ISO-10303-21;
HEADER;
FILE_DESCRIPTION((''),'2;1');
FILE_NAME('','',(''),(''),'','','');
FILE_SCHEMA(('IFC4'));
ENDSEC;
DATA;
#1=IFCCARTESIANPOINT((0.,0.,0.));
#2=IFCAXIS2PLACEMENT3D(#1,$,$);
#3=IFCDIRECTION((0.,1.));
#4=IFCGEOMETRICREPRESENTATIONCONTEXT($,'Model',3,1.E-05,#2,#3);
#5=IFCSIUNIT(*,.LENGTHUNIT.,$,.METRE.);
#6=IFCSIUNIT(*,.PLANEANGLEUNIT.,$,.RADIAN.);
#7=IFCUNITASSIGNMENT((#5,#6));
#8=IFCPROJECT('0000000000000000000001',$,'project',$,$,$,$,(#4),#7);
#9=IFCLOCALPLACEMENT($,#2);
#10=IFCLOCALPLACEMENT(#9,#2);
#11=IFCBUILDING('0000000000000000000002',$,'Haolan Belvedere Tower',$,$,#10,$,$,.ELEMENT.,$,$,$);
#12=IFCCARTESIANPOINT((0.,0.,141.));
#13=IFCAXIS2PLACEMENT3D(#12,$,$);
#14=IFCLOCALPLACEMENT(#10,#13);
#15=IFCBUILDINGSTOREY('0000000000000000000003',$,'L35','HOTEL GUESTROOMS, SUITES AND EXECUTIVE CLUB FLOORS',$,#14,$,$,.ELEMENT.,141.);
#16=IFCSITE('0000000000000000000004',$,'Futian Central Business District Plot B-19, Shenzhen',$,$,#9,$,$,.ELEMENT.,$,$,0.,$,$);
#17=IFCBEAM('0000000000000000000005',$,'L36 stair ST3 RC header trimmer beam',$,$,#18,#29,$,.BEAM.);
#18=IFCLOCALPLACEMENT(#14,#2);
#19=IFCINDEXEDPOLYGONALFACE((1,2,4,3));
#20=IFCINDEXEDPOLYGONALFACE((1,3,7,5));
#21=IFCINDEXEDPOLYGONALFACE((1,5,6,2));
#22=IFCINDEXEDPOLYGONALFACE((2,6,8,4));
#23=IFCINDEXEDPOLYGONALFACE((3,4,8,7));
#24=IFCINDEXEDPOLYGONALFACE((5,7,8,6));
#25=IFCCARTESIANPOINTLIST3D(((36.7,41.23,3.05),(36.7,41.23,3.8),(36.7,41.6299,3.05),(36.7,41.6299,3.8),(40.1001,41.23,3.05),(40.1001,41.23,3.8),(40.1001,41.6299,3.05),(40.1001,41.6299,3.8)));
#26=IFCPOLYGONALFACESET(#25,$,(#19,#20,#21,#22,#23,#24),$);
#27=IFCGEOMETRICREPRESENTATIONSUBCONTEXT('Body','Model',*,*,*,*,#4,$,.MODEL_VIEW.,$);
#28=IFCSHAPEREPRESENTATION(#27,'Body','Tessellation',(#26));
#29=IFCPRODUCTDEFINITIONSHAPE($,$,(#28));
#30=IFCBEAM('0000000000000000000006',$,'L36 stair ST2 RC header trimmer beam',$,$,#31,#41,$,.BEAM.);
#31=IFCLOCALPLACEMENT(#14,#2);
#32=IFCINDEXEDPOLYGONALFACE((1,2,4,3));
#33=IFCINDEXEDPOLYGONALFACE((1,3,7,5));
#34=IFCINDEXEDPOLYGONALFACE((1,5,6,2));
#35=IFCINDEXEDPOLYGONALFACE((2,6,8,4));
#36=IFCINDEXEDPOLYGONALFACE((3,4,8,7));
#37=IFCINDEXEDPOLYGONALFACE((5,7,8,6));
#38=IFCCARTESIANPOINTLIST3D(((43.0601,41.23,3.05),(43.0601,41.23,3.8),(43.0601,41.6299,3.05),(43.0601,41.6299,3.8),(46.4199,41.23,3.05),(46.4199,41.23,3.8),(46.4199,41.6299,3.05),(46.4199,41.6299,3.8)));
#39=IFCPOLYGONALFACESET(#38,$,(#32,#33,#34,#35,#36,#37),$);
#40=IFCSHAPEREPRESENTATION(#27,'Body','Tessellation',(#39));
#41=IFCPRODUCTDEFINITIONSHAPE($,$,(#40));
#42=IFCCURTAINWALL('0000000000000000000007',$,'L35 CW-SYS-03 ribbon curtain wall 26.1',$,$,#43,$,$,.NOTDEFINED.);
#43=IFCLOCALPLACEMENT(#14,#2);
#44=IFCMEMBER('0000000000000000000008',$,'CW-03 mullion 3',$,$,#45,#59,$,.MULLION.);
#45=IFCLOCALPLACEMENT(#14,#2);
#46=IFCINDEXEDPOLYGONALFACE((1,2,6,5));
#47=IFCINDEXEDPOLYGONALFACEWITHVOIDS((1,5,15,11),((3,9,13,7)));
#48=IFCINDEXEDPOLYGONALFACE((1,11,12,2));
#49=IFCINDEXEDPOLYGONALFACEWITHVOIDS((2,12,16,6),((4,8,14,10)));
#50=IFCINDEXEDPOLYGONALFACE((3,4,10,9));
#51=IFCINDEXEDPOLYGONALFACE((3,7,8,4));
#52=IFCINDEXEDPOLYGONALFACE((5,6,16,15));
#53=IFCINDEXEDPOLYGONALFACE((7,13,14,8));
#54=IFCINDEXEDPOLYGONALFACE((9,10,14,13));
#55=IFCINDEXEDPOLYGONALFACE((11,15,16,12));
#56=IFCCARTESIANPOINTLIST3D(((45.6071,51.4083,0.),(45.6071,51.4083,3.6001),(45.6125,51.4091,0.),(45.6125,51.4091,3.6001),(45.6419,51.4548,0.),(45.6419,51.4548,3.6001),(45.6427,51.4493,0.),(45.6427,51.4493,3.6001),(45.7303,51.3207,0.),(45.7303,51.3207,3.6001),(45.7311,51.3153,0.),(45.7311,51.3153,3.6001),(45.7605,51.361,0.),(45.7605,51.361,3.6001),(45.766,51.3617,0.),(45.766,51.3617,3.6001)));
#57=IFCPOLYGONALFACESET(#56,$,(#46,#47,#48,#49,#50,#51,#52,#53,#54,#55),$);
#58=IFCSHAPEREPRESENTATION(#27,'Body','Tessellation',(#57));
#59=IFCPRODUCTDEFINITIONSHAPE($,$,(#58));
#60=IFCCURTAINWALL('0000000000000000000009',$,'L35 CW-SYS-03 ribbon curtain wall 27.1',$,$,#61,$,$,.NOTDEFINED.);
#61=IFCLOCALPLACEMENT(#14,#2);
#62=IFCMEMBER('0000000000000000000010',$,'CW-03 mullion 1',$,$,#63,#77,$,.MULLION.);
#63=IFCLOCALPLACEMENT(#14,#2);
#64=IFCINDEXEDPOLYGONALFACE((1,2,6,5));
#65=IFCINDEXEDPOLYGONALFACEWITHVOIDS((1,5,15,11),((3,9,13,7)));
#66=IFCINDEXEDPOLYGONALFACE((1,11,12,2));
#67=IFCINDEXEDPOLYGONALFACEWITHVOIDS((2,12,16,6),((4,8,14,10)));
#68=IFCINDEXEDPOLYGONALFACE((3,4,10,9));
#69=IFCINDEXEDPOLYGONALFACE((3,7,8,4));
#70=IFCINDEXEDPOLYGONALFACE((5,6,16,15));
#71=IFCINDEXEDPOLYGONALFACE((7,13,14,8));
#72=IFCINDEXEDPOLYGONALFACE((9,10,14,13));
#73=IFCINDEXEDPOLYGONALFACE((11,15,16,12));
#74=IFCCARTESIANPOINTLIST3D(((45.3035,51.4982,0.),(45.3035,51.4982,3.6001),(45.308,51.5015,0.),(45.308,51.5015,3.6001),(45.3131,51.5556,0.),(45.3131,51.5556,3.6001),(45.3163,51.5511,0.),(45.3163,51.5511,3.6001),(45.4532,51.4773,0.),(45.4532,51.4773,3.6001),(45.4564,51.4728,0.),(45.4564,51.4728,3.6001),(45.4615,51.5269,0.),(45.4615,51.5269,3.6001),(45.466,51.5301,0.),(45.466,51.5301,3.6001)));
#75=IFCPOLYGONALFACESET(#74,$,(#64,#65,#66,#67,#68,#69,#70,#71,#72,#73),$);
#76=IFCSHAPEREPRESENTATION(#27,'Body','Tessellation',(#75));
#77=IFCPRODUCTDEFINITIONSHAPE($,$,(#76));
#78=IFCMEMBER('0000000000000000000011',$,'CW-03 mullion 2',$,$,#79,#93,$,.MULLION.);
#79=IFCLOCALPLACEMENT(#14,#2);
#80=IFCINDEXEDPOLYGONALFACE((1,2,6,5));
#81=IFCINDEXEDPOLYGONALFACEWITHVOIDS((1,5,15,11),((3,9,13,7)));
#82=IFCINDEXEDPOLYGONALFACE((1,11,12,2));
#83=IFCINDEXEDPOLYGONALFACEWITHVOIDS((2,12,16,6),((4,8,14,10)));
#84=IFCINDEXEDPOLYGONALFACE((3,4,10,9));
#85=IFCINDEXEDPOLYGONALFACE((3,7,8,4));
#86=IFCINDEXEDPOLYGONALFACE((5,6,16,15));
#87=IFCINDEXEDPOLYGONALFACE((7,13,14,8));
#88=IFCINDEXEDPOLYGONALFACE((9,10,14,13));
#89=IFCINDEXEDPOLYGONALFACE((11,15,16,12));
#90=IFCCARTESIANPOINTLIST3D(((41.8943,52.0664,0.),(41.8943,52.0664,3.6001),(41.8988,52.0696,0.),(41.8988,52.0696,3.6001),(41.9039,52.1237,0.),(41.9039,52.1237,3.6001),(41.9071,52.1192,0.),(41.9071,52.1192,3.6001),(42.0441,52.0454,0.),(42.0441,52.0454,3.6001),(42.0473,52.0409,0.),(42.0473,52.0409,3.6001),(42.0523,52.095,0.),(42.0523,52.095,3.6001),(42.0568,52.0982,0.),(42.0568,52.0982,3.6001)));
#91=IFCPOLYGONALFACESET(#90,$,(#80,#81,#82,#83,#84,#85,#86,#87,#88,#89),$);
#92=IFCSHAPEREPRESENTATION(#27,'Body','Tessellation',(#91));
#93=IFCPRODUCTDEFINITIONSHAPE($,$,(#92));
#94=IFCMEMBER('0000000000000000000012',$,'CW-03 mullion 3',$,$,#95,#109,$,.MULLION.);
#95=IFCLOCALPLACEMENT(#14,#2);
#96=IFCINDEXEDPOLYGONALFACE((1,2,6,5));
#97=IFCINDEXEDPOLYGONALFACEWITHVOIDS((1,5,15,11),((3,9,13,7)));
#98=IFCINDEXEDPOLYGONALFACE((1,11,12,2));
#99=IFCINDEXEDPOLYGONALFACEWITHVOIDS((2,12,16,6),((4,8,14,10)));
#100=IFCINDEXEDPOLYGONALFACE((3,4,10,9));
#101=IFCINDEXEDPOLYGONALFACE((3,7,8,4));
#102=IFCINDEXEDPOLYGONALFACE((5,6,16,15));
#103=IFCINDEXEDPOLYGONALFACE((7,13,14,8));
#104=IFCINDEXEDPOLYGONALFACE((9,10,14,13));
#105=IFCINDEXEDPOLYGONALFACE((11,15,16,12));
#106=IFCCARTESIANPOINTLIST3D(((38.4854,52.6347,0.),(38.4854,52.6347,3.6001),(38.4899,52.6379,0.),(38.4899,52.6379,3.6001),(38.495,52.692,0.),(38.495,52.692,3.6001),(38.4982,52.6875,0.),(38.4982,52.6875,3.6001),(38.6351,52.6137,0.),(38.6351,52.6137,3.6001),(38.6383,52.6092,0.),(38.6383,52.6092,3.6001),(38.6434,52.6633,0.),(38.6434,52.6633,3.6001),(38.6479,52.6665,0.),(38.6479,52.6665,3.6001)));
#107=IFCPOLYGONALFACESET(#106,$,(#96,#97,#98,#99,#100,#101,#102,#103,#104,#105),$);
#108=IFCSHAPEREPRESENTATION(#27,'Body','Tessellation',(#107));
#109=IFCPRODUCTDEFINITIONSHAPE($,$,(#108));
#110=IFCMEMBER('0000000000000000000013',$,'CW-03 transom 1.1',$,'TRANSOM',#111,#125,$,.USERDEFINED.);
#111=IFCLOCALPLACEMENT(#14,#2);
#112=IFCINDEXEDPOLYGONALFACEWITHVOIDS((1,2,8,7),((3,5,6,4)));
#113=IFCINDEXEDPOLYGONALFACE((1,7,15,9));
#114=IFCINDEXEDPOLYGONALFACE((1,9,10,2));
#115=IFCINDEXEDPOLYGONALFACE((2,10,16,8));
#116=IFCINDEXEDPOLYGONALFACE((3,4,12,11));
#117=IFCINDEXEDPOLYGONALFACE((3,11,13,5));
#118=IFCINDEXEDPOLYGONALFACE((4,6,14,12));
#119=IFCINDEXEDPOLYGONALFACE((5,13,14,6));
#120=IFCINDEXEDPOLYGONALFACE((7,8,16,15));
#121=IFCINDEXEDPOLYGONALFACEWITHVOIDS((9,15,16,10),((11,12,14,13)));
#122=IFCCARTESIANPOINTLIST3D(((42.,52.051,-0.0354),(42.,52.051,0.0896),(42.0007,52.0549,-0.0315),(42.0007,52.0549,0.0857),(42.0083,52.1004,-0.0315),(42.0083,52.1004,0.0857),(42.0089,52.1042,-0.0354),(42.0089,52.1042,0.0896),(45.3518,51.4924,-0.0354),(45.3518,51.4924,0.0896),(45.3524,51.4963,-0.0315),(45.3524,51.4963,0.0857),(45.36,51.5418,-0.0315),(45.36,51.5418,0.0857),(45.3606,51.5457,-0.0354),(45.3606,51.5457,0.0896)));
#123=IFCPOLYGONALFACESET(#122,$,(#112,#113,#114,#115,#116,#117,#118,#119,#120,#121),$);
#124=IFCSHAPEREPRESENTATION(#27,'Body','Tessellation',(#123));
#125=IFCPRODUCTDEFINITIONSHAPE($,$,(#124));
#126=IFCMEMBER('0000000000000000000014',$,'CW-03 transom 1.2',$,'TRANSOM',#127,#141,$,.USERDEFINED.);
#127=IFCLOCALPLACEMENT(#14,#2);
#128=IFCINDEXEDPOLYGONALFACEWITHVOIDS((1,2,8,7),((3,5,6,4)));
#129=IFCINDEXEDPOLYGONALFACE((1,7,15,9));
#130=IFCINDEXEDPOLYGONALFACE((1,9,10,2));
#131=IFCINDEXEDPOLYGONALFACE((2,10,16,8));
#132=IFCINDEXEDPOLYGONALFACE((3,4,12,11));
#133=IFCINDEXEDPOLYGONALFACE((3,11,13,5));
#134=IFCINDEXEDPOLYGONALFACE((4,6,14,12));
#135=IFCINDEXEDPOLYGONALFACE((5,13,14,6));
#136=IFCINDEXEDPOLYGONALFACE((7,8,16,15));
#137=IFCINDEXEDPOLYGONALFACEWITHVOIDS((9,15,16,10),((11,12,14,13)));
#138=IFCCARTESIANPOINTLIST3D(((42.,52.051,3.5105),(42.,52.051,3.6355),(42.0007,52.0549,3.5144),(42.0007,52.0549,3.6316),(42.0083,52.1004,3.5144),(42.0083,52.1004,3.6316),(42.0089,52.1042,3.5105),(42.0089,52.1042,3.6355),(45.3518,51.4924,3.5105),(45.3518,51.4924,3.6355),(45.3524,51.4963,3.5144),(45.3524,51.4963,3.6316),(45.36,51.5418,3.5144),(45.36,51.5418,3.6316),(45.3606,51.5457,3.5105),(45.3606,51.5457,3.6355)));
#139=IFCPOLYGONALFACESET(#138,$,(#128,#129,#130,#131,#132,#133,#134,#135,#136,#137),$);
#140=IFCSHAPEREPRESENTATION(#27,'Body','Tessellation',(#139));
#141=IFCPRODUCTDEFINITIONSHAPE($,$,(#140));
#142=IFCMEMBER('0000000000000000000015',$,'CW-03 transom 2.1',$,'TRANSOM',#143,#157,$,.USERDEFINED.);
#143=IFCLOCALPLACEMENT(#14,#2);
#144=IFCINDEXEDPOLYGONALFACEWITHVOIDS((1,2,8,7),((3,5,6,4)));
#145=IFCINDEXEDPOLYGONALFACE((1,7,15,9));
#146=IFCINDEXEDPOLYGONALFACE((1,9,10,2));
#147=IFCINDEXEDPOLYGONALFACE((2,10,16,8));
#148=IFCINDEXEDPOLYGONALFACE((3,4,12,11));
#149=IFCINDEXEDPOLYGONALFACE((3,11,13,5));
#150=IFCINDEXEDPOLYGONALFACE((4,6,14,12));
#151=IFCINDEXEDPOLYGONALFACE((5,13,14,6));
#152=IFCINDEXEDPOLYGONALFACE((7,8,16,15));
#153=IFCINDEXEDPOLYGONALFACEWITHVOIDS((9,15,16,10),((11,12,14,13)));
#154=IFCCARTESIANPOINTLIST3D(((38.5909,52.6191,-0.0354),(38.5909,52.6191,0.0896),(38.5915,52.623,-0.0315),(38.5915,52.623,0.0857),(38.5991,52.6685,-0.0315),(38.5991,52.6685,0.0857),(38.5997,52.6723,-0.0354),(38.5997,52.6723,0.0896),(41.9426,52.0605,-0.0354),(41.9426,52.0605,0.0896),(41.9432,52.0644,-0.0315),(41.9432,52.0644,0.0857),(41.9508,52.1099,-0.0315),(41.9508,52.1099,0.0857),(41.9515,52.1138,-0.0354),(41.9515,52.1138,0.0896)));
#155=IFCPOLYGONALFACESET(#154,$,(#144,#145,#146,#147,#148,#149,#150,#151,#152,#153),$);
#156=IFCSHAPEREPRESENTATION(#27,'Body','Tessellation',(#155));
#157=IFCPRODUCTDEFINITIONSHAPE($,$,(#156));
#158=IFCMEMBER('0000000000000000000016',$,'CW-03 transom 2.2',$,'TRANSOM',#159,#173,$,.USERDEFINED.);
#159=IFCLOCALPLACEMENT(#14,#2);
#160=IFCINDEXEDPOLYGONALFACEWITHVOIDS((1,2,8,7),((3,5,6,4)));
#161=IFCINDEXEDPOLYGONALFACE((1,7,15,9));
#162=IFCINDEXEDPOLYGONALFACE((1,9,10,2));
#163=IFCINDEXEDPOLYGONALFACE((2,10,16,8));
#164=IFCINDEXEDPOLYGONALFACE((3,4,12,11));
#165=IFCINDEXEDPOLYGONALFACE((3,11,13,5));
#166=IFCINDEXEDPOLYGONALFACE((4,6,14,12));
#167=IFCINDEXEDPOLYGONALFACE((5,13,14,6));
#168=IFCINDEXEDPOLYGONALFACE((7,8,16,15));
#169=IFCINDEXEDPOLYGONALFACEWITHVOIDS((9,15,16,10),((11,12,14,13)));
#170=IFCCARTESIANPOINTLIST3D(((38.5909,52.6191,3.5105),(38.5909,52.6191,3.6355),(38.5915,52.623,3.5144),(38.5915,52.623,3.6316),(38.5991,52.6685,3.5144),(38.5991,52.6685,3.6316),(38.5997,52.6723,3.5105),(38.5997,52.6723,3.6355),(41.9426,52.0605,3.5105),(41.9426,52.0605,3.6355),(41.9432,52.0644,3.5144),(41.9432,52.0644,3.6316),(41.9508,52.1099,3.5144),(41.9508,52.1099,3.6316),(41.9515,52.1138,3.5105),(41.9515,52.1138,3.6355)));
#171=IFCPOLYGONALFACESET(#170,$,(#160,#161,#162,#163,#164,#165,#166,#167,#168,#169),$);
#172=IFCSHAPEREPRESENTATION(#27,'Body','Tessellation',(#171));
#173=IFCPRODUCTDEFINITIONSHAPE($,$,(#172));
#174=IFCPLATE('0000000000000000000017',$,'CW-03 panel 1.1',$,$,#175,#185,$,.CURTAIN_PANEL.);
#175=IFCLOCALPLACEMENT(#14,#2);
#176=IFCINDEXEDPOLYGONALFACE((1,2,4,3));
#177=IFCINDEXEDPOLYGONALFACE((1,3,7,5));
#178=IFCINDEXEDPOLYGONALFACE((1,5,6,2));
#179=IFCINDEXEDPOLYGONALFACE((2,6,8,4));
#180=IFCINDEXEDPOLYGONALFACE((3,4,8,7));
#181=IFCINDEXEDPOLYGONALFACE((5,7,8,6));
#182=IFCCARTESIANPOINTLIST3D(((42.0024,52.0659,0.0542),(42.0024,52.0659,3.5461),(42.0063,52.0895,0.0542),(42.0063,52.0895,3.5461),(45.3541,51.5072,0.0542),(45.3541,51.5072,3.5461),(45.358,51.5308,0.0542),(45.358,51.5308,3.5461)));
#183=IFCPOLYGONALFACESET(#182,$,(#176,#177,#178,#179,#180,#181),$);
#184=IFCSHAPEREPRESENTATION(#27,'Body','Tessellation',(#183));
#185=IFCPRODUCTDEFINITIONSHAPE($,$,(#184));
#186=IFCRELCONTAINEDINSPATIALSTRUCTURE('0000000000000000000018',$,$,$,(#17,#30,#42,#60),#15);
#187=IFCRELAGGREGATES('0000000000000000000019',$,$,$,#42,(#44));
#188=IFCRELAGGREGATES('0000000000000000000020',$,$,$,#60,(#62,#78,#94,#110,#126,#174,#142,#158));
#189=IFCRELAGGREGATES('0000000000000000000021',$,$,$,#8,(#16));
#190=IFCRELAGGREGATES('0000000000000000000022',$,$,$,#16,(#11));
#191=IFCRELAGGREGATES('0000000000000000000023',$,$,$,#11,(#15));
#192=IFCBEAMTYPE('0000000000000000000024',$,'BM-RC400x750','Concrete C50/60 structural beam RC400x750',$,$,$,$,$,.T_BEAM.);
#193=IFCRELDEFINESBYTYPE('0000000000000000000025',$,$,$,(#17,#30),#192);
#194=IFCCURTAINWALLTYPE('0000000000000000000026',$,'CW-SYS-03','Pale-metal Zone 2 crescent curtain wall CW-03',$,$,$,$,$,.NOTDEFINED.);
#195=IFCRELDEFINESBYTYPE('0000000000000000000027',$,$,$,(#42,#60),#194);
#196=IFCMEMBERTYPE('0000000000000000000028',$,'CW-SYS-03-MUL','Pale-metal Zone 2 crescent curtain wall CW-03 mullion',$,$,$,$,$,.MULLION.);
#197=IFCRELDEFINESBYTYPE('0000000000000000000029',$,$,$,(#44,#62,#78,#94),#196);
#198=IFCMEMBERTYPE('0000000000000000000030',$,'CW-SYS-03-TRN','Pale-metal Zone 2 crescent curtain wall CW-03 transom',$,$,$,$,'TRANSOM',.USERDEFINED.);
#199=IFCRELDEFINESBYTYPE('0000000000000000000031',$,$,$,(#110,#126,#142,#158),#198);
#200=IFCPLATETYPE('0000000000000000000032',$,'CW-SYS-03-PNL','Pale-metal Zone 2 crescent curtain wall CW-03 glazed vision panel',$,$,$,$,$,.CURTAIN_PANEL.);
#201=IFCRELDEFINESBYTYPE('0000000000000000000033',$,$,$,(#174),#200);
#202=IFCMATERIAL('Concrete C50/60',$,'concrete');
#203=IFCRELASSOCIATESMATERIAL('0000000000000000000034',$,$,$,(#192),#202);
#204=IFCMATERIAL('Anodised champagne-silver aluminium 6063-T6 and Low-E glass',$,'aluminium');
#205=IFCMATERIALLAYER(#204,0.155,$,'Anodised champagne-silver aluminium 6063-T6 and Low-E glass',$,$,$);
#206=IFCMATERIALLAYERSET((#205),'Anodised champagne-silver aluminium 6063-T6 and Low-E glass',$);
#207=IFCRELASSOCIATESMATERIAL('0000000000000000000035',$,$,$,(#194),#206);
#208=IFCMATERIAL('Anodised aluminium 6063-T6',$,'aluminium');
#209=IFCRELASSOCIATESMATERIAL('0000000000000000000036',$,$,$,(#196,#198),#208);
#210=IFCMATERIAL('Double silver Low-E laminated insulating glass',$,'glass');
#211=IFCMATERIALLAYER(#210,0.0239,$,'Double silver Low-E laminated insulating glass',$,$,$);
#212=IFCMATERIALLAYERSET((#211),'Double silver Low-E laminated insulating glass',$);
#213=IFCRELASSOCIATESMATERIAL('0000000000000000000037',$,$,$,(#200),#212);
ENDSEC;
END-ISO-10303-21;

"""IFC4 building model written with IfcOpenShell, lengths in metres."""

from ifc_helpers import new_model, si_unit, direction, frame, origin, origin_2d, place, context, subcontext, project, spatial, rectangle, hollow_rectangle, extrude, material, layer, layer_set, material_profile, profile_set, type_object, element, aggregate, save


model = new_model("IFC4")

# Units and contexts
model_context = context("Model", 3, precision=1e-05, world=origin(), true_north=direction((0.0, 1.0)))
body_context = subcontext(model_context, "Body", "Model", "MODEL_VIEW")
ifc_project = project(units=[si_unit("LENGTHUNIT", "METRE"), si_unit("PLANEANGLEUNIT", "RADIAN")], contexts=[model_context])

# Site, building, storey
site_placement = place(None, origin())
site = spatial("IfcSite", under=ifc_project, at=site_placement, Name="Futian Central Business District Plot B-19, Shenzhen", CompositionType="ELEMENT", RefElevation=0.0)
building_placement = place(site_placement, origin())
building = spatial("IfcBuilding", under=site, at=building_placement, Name="Haolan Belvedere Tower", CompositionType="ELEMENT")
storey_placement = place(building_placement, frame((0.0, 0.0, 141.0)))
storey = spatial("IfcBuildingStorey", under=building, at=storey_placement, Name="L35", Description="HOTEL GUESTROOMS, SUITES AND EXECUTIVE CLUB FLOORS", CompositionType="ELEMENT", Elevation=141.0)

# Beams
ifc_material_1 = material(Name="Concrete C50/60", Category="concrete")
ifc_material_profile_1 = material_profile(ifc_material_1, rectangle(XDim=0.3999, YDim=0.75, at=origin_2d()), Name="Concrete C50/60")
ifc_profile_set_1 = profile_set([ifc_material_profile_1], Name="Concrete C50/60")
beam_type_1 = type_object("IfcBeamType", Name="BM-RC400x750", Description="Concrete C50/60 structural beam RC400x750", PredefinedType="T_BEAM", material=ifc_profile_set_1)
beam_1_placement = place(storey_placement, frame((36.7, 41.4299, 3.425), z_axis=(1.0, 0.0, 0.0), x_axis=(0.0, 1.0, 0.0)))
element("IfcBeam", 1, at=beam_1_placement, inside=storey, type_object=beam_type_1, Name="L36 stair ST3 RC header trimmer beam", PredefinedType="BEAM", context=body_context, shape_type="SweptSolid", body=[
    extrude(rectangle(XDim=0.3999, YDim=0.75, at=origin_2d()), origin(), (0.0, 0.0, 1.0), 3.4001),
])
beam_2_placement = place(storey_placement, frame((43.0601, 41.4299, 3.425), z_axis=(1.0, 0.0, 0.0), x_axis=(0.0, 1.0, 0.0)))
element("IfcBeam", 2, at=beam_2_placement, inside=storey, type_object=beam_type_1, Name="L36 stair ST2 RC header trimmer beam", PredefinedType="BEAM", context=body_context, shape_type="SweptSolid", body=[
    extrude(rectangle(XDim=0.3999, YDim=0.75, at=origin_2d()), origin(), (0.0, 0.0, 1.0), 3.3599),
])

# Curtain wall, member
ifc_material_2 = material(Name="Anodised champagne-silver aluminium 6063-T6 and Low-E glass", Category="aluminium")
ifc_layer_1 = layer(ifc_material_2, 0.155, Name="Anodised champagne-silver aluminium 6063-T6 and Low-E glass")
ifc_layer_set_1 = layer_set([ifc_layer_1], Name="Anodised champagne-silver aluminium 6063-T6 and Low-E glass")
curtain_wall_type = type_object("IfcCurtainWallType", Name="CW-SYS-03", Description="Pale-metal Zone 2 crescent curtain wall CW-03", PredefinedType="NOTDEFINED", material=ifc_layer_set_1)
curtain_wall_1_placement = place(storey_placement, origin())
curtain_wall_1 = element("IfcCurtainWall", 3, at=curtain_wall_1_placement, inside=storey, type_object=curtain_wall_type, Name="L35 CW-SYS-03 ribbon curtain wall 26.1", PredefinedType="NOTDEFINED")
ifc_material_3 = material(Name="Anodised aluminium 6063-T6", Category="aluminium")
ifc_material_profile_2 = material_profile(ifc_material_3, hollow_rectangle(XDim=0.0581, YDim=0.155, WallThickness=0.0039, at=origin_2d()), Name="Anodised aluminium 6063-T6")
ifc_profile_set_2 = profile_set([ifc_material_profile_2], Name="Anodised aluminium 6063-T6")
member_type_1 = type_object("IfcMemberType", Name="CW-SYS-03-MUL", Description="Pale-metal Zone 2 crescent curtain wall CW-03 mullion", PredefinedType="MULLION", material=ifc_profile_set_2)
member_1_placement = place(storey_placement, frame((45.6865, 51.385, 0.0), z_axis=(0.0, 0.0, 1.0), x_axis=(-0.599994, -0.800004, 0.0)))
member_1 = element("IfcMember", 4, at=member_1_placement, type_object=member_type_1, Name="CW-03 mullion 3", PredefinedType="MULLION", context=body_context, shape_type="SweptSolid", body=[
    extrude(hollow_rectangle(XDim=0.0581, YDim=0.155, WallThickness=0.0039, at=origin_2d()), origin(), (0.0, 0.0, 1.0), 3.6001),
])
aggregate(curtain_wall_1, [member_1])

# Curtain wall, members, plate
curtain_wall_2_placement = place(storey_placement, origin())
curtain_wall_2 = element("IfcCurtainWall", 5, at=curtain_wall_2_placement, inside=storey, type_object=curtain_wall_type, Name="L35 CW-SYS-03 ribbon curtain wall 27.1", PredefinedType="NOTDEFINED")
member_2_placement = place(storey_placement, frame((45.3848, 51.5142, 0.0), z_axis=(0.0, 0.0, 1.0), x_axis=(-0.164404, -0.986393, 0.0)))
member_2 = element("IfcMember", 6, at=member_2_placement, type_object=member_type_1, Name="CW-03 mullion 1", PredefinedType="MULLION", context=body_context, shape_type="SweptSolid", body=[
    extrude(hollow_rectangle(XDim=0.0581, YDim=0.155, WallThickness=0.0039, at=origin_2d()), origin(), (0.0, 0.0, 1.0), 3.6001),
])
member_3_placement = place(storey_placement, frame((41.9756, 52.0823, 0.0), z_axis=(0.0, 0.0, 1.0), x_axis=(-0.164404, -0.986393, 0.0)))
member_3 = element("IfcMember", 7, at=member_3_placement, type_object=member_type_1, Name="CW-03 mullion 2", PredefinedType="MULLION", context=body_context, shape_type="SweptSolid", body=[
    extrude(hollow_rectangle(XDim=0.0581, YDim=0.155, WallThickness=0.0039, at=origin_2d()), origin(), (0.0, 0.0, 1.0), 3.6001),
])
member_4_placement = place(storey_placement, frame((38.5667, 52.6506, 0.0), z_axis=(0.0, 0.0, 1.0), x_axis=(-0.164404, -0.986393, 0.0)))
member_4 = element("IfcMember", 8, at=member_4_placement, type_object=member_type_1, Name="CW-03 mullion 3", PredefinedType="MULLION", context=body_context, shape_type="SweptSolid", body=[
    extrude(hollow_rectangle(XDim=0.0581, YDim=0.155, WallThickness=0.0039, at=origin_2d()), origin(), (0.0, 0.0, 1.0), 3.6001),
])
ifc_material_profile_3 = material_profile(ifc_material_3, hollow_rectangle(XDim=0.054, YDim=0.125, WallThickness=0.0039, at=origin_2d()), Name="Anodised aluminium 6063-T6")
ifc_profile_set_3 = profile_set([ifc_material_profile_3], Name="Anodised aluminium 6063-T6")
member_type_2 = type_object("IfcMemberType", Name="CW-SYS-03-TRN", Description="Pale-metal Zone 2 crescent curtain wall CW-03 transom", ElementType="TRANSOM", PredefinedType="USERDEFINED", material=ifc_profile_set_3)
member_5_placement = place(storey_placement, frame((45.3562, 51.519, 0.0271), z_axis=(-0.986396, 0.164387, 0.0), x_axis=(-0.164387, -0.986396, 0.0)))
member_5 = element("IfcMember", 9, at=member_5_placement, type_object=member_type_2, Name="CW-03 transom 1.1", ObjectType="TRANSOM", PredefinedType="USERDEFINED", context=body_context, shape_type="SweptSolid", body=[
    extrude(hollow_rectangle(XDim=0.054, YDim=0.125, WallThickness=0.0039, at=origin_2d()), origin(), (0.0, 0.0, 1.0), 3.3979),
])
member_6_placement = place(storey_placement, frame((45.3562, 51.519, 3.573), z_axis=(-0.986396, 0.164387, 0.0), x_axis=(-0.164387, -0.986396, 0.0)))
member_6 = element("IfcMember", 10, at=member_6_placement, type_object=member_type_2, Name="CW-03 transom 1.2", ObjectType="TRANSOM", PredefinedType="USERDEFINED", context=body_context, shape_type="SweptSolid", body=[
    extrude(hollow_rectangle(XDim=0.054, YDim=0.125, WallThickness=0.0039, at=origin_2d()), origin(), (0.0, 0.0, 1.0), 3.3979),
])
member_7_placement = place(storey_placement, frame((41.947, 52.0872, 0.0271), z_axis=(-0.986396, 0.164387, 0.0), x_axis=(-0.164387, -0.986396, 0.0)))
member_7 = element("IfcMember", 11, at=member_7_placement, type_object=member_type_2, Name="CW-03 transom 2.1", ObjectType="TRANSOM", PredefinedType="USERDEFINED", context=body_context, shape_type="SweptSolid", body=[
    extrude(hollow_rectangle(XDim=0.054, YDim=0.125, WallThickness=0.0039, at=origin_2d()), origin(), (0.0, 0.0, 1.0), 3.3979),
])
member_8_placement = place(storey_placement, frame((41.947, 52.0872, 3.573), z_axis=(-0.986396, 0.164387, 0.0), x_axis=(-0.164387, -0.986396, 0.0)))
member_8 = element("IfcMember", 12, at=member_8_placement, type_object=member_type_2, Name="CW-03 transom 2.2", ObjectType="TRANSOM", PredefinedType="USERDEFINED", context=body_context, shape_type="SweptSolid", body=[
    extrude(hollow_rectangle(XDim=0.054, YDim=0.125, WallThickness=0.0039, at=origin_2d()), origin(), (0.0, 0.0, 1.0), 3.3979),
])
ifc_material_4 = material(Name="Double silver Low-E laminated insulating glass", Category="glass")
ifc_layer_2 = layer(ifc_material_4, 0.0239, Name="Double silver Low-E laminated insulating glass")
ifc_layer_set_2 = layer_set([ifc_layer_2], Name="Double silver Low-E laminated insulating glass")
plate_type = type_object("IfcPlateType", Name="CW-SYS-03-PNL", Description="Pale-metal Zone 2 crescent curtain wall CW-03 glazed vision panel", PredefinedType="CURTAIN_PANEL", material=ifc_layer_set_2)
plate_1_placement = place(storey_placement, frame((43.6802, 51.7983, 0.0542), z_axis=(0.0, 0.0, 1.0), x_axis=(-0.986393, 0.164404, 0.0)))
plate_1 = element("IfcPlate", 13, at=plate_1_placement, type_object=plate_type, Name="CW-03 panel 1.1", PredefinedType="CURTAIN_PANEL", context=body_context, shape_type="SweptSolid", body=[
    extrude(rectangle(XDim=3.3979, YDim=0.0239, at=origin_2d()), origin(), (0.0, 0.0, 1.0), 3.4919),
])
aggregate(curtain_wall_2, [member_2, member_3, member_4, member_5, member_6, plate_1, member_7, member_8])

save(model, "model.ifc")
